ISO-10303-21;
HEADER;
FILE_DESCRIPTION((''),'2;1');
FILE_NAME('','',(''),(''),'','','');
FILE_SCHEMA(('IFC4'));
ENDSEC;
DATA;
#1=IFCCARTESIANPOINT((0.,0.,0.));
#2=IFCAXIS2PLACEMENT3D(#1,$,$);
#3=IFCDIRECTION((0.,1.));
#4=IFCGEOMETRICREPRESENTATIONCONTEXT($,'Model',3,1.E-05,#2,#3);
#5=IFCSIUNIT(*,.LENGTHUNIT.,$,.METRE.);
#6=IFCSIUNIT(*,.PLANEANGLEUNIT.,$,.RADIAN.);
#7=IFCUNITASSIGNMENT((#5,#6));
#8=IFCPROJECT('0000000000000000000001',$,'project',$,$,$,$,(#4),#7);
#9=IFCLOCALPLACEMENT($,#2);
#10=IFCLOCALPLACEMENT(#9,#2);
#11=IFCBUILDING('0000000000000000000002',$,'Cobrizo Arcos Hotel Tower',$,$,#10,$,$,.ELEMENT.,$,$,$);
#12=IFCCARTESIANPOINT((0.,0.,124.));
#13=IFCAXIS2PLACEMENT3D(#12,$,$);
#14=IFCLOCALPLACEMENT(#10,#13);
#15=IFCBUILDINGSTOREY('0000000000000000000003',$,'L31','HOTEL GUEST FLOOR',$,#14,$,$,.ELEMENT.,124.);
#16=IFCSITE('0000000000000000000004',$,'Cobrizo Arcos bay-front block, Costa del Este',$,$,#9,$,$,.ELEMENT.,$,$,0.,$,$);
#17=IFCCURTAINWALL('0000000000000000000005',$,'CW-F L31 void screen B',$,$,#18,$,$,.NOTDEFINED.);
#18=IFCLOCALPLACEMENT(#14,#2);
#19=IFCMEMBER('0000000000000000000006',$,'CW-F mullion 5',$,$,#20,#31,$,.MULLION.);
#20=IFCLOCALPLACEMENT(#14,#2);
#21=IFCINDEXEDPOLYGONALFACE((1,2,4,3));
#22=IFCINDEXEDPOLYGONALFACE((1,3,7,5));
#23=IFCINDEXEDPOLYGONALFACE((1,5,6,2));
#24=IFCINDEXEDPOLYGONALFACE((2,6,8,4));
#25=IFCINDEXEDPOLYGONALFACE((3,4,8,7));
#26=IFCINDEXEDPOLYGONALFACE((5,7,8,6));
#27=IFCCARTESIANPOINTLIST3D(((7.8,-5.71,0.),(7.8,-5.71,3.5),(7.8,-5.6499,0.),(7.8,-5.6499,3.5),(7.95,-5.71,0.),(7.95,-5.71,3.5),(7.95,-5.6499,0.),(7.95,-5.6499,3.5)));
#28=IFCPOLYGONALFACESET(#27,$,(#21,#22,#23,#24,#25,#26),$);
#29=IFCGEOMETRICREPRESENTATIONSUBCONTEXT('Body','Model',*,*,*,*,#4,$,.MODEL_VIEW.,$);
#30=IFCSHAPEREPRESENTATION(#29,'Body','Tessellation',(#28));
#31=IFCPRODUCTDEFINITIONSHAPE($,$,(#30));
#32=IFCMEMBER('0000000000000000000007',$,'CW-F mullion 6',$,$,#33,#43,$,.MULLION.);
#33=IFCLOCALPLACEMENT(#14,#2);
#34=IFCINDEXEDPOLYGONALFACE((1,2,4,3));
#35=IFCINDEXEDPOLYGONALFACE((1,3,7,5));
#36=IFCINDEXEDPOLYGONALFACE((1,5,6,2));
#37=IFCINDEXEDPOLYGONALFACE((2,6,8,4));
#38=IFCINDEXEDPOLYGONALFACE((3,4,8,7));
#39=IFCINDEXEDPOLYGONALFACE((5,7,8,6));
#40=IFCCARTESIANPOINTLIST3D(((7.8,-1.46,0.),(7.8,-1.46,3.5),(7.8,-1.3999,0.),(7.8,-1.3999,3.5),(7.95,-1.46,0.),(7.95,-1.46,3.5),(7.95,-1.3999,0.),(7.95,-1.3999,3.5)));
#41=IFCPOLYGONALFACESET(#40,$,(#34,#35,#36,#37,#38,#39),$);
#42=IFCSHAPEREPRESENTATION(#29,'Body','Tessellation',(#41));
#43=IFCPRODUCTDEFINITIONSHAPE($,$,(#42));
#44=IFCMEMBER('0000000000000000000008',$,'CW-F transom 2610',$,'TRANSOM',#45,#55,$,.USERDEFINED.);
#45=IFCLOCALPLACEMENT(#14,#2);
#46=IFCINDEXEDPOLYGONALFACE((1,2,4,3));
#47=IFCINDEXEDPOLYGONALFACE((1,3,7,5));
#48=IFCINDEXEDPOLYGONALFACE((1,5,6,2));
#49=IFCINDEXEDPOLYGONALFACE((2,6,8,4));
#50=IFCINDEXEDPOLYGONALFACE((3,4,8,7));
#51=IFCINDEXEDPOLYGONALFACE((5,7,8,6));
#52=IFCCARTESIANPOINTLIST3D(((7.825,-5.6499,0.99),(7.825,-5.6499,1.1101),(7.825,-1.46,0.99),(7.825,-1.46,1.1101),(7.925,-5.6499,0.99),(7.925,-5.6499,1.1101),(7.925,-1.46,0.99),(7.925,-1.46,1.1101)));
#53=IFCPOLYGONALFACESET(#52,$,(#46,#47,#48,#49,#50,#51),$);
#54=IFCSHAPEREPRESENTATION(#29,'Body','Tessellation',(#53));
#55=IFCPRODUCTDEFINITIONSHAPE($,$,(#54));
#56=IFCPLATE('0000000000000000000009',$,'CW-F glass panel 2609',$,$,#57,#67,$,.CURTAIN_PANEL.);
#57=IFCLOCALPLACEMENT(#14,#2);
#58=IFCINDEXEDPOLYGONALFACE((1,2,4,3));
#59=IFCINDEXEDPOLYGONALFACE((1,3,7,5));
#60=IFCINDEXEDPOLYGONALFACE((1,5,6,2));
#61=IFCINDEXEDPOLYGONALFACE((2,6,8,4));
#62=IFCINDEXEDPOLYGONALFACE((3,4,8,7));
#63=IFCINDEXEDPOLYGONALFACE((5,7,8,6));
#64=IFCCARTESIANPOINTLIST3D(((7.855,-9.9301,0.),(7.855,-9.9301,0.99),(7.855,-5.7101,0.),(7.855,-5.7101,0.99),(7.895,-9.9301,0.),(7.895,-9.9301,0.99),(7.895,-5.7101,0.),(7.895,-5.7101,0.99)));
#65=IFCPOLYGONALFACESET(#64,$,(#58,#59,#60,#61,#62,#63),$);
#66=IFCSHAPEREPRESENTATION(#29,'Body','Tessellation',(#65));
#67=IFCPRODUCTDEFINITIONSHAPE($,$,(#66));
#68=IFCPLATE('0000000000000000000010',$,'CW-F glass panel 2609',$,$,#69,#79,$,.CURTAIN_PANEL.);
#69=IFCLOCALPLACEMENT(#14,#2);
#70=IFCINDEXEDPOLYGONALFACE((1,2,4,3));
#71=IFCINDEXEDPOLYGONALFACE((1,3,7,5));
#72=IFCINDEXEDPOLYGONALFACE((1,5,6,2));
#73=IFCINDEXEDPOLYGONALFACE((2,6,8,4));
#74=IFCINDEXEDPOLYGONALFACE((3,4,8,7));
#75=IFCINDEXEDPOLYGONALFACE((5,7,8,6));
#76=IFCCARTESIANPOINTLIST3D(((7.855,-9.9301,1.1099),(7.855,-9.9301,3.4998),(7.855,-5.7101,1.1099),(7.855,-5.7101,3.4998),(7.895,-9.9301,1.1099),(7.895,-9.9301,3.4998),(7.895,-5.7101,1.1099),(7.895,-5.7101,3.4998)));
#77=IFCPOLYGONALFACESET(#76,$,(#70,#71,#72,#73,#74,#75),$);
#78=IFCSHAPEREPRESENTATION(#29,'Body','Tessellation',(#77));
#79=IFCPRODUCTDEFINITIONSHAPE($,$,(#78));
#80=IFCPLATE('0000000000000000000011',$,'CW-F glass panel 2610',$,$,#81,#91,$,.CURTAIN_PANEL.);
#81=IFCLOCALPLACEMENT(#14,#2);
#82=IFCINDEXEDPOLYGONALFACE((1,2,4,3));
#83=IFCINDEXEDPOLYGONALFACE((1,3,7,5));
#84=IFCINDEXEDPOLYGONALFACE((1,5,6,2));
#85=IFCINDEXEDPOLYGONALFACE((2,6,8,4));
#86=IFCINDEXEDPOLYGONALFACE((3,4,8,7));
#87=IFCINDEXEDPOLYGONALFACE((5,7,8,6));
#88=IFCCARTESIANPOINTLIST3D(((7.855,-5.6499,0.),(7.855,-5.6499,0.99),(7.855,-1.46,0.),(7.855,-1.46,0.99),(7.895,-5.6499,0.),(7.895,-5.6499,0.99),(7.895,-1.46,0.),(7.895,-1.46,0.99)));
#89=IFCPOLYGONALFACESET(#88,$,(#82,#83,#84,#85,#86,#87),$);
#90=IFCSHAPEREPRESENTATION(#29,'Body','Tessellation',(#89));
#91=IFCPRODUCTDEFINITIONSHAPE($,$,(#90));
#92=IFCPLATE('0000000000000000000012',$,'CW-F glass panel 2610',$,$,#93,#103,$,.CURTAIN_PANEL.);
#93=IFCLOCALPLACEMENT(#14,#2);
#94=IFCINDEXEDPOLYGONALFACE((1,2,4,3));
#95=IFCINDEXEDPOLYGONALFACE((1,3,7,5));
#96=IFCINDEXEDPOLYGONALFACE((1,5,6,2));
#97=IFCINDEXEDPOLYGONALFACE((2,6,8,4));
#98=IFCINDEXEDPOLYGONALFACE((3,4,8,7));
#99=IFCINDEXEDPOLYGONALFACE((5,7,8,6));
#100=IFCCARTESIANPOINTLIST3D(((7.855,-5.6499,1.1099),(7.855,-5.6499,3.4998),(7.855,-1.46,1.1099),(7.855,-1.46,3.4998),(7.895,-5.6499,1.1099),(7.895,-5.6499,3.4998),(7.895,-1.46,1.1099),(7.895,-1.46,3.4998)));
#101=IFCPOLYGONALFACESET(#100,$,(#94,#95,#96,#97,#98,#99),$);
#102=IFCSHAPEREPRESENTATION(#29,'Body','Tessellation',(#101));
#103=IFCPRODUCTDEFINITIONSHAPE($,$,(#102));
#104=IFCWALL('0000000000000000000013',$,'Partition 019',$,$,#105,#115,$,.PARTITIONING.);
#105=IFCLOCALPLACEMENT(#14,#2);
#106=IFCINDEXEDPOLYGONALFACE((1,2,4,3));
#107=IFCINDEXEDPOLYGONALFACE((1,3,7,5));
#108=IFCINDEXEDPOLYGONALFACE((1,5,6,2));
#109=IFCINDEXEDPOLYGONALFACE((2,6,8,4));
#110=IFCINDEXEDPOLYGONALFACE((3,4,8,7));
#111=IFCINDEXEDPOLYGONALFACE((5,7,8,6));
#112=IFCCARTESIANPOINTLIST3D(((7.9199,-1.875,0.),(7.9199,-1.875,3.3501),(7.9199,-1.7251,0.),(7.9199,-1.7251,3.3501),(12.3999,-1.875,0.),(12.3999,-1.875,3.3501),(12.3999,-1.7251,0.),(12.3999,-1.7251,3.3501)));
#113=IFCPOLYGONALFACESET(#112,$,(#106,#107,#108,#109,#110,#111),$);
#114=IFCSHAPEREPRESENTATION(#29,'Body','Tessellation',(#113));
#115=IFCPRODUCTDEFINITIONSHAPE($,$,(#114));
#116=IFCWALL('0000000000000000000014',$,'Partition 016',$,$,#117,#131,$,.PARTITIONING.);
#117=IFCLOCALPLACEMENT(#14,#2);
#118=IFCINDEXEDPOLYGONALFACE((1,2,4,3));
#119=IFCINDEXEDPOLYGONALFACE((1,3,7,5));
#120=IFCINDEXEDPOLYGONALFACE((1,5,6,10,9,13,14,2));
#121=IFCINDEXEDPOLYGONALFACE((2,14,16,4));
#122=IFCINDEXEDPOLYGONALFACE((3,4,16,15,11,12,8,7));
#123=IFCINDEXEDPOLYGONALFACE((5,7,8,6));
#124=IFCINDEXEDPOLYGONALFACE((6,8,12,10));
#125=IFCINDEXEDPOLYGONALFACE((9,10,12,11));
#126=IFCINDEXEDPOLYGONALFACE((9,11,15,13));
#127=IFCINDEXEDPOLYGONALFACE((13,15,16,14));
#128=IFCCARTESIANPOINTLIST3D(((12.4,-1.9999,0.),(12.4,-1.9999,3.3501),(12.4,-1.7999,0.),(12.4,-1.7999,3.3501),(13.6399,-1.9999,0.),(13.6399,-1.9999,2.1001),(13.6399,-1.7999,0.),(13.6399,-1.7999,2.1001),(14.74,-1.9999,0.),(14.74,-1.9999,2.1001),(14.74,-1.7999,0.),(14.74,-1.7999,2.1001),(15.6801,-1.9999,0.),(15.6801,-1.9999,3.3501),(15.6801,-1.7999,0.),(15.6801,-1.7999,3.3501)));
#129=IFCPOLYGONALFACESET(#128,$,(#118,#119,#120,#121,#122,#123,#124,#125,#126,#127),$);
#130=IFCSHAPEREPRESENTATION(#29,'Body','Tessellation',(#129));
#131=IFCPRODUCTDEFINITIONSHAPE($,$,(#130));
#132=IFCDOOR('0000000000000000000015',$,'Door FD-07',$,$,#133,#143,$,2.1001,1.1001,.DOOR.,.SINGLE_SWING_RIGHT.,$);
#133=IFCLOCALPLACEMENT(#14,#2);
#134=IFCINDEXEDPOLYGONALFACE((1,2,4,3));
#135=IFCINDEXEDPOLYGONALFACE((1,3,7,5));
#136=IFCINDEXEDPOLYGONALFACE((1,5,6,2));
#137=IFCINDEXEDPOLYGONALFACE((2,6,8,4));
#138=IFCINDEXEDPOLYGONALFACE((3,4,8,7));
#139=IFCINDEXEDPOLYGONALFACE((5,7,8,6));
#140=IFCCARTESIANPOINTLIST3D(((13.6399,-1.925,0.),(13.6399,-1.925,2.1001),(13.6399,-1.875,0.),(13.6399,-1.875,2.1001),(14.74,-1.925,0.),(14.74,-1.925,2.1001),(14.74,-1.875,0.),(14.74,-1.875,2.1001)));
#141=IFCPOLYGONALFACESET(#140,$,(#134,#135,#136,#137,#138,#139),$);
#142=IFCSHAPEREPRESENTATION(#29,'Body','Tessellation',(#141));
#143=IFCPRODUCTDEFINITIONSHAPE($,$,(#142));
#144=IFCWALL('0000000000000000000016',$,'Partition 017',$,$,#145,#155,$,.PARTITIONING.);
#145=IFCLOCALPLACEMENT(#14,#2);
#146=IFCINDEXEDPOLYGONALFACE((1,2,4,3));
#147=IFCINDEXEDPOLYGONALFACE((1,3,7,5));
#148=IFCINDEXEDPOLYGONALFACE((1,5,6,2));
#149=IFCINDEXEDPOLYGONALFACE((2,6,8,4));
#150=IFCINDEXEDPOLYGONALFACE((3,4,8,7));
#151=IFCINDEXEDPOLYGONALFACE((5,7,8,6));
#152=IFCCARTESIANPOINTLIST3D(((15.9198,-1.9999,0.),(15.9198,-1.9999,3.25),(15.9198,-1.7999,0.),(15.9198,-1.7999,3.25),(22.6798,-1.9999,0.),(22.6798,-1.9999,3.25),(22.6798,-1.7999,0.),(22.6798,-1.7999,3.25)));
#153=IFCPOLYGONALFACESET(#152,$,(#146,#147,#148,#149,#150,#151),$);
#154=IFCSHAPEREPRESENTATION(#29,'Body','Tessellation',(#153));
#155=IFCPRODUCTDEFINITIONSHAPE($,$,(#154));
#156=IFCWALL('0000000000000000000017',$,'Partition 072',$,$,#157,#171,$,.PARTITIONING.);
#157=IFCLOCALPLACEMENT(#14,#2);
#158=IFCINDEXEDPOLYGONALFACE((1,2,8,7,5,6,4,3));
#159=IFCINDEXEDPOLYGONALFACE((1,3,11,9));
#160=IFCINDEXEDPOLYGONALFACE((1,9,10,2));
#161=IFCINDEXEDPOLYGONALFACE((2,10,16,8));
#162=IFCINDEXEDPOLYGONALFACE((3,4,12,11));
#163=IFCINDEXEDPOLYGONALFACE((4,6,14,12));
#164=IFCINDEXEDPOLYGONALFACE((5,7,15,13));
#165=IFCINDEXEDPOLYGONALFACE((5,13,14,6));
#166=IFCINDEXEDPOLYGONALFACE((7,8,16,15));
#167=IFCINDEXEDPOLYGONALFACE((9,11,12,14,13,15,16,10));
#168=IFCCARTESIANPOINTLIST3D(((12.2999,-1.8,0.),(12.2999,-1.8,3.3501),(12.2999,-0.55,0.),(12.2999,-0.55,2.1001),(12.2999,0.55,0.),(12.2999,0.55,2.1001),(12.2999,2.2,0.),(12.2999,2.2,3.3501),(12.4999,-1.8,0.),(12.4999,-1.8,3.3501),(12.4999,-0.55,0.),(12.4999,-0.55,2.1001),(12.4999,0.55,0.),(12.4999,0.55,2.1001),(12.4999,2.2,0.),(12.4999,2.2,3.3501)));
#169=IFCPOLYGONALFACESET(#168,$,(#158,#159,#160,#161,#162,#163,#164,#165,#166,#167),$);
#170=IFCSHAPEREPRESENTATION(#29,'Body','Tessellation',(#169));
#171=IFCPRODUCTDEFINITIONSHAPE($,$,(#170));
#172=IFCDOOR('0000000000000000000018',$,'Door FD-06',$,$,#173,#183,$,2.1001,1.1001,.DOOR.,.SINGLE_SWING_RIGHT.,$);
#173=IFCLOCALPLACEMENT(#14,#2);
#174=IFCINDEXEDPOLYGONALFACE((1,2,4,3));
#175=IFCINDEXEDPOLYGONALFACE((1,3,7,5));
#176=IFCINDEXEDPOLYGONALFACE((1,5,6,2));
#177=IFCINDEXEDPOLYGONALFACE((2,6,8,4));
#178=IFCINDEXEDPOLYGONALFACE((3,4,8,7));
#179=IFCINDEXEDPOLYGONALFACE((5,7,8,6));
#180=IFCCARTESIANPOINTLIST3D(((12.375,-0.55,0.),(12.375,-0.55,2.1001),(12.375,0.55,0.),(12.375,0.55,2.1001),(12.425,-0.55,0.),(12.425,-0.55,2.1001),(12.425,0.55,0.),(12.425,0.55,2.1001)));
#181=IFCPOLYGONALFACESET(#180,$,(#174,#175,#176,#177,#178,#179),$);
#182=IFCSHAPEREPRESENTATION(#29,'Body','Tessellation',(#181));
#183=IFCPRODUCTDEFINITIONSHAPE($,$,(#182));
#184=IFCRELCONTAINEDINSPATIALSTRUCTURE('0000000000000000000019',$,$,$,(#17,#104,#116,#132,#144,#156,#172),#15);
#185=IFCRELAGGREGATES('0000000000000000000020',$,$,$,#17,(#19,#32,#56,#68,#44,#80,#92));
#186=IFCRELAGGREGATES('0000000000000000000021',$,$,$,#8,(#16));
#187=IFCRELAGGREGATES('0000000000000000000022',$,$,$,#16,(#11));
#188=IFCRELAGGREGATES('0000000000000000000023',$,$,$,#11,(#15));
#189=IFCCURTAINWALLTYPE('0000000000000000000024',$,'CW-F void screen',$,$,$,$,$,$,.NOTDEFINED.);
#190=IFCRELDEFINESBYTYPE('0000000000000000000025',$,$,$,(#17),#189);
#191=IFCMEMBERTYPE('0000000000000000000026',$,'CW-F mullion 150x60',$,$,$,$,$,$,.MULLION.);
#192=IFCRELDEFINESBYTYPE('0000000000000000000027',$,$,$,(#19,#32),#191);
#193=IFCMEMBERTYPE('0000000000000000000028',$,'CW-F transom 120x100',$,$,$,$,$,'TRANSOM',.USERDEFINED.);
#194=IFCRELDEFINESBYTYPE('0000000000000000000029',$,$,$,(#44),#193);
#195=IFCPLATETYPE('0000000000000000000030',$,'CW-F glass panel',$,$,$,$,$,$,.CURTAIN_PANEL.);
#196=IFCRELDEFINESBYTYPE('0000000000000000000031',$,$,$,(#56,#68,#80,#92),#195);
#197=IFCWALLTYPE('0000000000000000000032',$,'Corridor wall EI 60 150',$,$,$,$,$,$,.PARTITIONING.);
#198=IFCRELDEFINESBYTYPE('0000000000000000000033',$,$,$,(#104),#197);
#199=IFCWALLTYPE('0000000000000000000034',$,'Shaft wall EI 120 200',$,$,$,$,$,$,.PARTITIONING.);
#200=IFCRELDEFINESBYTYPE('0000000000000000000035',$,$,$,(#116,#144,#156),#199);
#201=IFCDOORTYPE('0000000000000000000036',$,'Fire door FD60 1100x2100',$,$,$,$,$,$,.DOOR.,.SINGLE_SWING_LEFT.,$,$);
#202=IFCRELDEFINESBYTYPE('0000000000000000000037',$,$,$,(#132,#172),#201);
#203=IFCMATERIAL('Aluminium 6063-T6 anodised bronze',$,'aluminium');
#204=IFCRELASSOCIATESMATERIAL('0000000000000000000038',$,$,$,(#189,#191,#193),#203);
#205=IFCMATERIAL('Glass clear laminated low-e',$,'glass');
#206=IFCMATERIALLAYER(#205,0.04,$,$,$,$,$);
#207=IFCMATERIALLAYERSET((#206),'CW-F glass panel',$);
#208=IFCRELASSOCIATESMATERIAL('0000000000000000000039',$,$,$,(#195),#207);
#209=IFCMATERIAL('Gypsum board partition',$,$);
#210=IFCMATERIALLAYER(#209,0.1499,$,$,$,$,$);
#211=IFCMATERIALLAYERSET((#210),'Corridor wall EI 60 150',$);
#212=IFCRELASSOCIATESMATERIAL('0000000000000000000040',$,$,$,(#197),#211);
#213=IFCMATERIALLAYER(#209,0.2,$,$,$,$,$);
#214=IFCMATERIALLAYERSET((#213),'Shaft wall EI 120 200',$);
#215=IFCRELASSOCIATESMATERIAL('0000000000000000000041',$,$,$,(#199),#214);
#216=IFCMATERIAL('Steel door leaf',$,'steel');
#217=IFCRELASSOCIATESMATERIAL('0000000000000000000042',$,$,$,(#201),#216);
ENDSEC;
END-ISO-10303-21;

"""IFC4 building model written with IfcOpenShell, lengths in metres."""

from ifc_helpers import new_model, si_unit, direction, frame, frame_2d, origin, origin_2d, place, context, subcontext, project, spatial, rectangle, extrude, material, layer, layer_set, material_profile, profile_set, type_object, element, fill, aggregate, save


model = new_model("IFC4")

# Units and contexts
model_context = context("Model", 3, precision=1e-05, world=origin(), true_north=direction((0.0, 1.0)))
body_context = subcontext(model_context, "Body", "Model", "MODEL_VIEW")
ifc_project = project(units=[si_unit("LENGTHUNIT", "METRE"), si_unit("PLANEANGLEUNIT", "RADIAN")], contexts=[model_context])

# Site, building, storey
site_placement = place(None, origin())
site = spatial("IfcSite", under=ifc_project, at=site_placement, Name="Cobrizo Arcos bay-front block, Costa del Este", CompositionType="ELEMENT", RefElevation=0.0)
building_placement = place(site_placement, origin())
building = spatial("IfcBuilding", under=site, at=building_placement, Name="Cobrizo Arcos Hotel Tower", CompositionType="ELEMENT")
storey_placement = place(building_placement, frame((0.0, 0.0, 124.0)))
storey = spatial("IfcBuildingStorey", under=building, at=storey_placement, Name="L31", Description="HOTEL GUEST FLOOR", CompositionType="ELEMENT", Elevation=124.0)

# Curtain wall, members, plates
ifc_material_1 = material(Name="Aluminium 6063-T6 anodised bronze", Category="aluminium")
curtain_wall_type = type_object("IfcCurtainWallType", Name="CW-F void screen", PredefinedType="NOTDEFINED", material=ifc_material_1)
curtain_wall_placement = place(storey_placement, origin())
curtain_wall = element("IfcCurtainWall", 1, at=curtain_wall_placement, inside=storey, type_object=curtain_wall_type, Name="CW-F L31 void screen B", PredefinedType="NOTDEFINED")
ifc_material_profile_1 = material_profile(ifc_material_1, rectangle(XDim=0.1499, YDim=0.0601, at=origin_2d()), Name="CW-F mullion 150x60")
ifc_profile_set_1 = profile_set([ifc_material_profile_1], Name="Aluminium 6063-T6 anodised bronze")
member_type_1 = type_object("IfcMemberType", Name="CW-F mullion 150x60", PredefinedType="MULLION", material=ifc_profile_set_1)
member_1_placement = place(storey_placement, frame((7.875, -5.6799, 0.0), z_axis=(0.0, 0.0, 1.0), x_axis=(1.0, 0.0, 0.0)))
member_1 = element("IfcMember", 2, at=member_1_placement, type_object=member_type_1, Name="CW-F mullion 5", PredefinedType="MULLION", context=body_context, shape_type="SweptSolid", body=[
    extrude(rectangle(XDim=0.1499, YDim=0.0601, at=origin_2d()), origin(), (0.0, 0.0, 1.0), 3.5),
])
member_2_placement = place(storey_placement, frame((7.875, -1.4299, 0.0), z_axis=(0.0, 0.0, 1.0), x_axis=(1.0, 0.0, 0.0)))
member_2 = element("IfcMember", 3, at=member_2_placement, type_object=member_type_1, Name="CW-F mullion 6", PredefinedType="MULLION", context=body_context, shape_type="SweptSolid", body=[
    extrude(rectangle(XDim=0.1499, YDim=0.0601, at=origin_2d()), origin(), (0.0, 0.0, 1.0), 3.5),
])
ifc_material_profile_2 = material_profile(ifc_material_1, rectangle(XDim=0.1001, YDim=0.1201, at=origin_2d()), Name="CW-F transom 120x100")
ifc_profile_set_2 = profile_set([ifc_material_profile_2], Name="Aluminium 6063-T6 anodised bronze")
member_type_2 = type_object("IfcMemberType", Name="CW-F transom 120x100", ElementType="TRANSOM", PredefinedType="USERDEFINED", material=ifc_profile_set_2)
member_3_placement = place(storey_placement, frame((7.875, -5.6499, 1.05), z_axis=(0.0, 1.0, 0.0), x_axis=(-1.0, 0.0, 0.0)))
member_3 = element("IfcMember", 4, at=member_3_placement, type_object=member_type_2, Name="CW-F transom 2610", ObjectType="TRANSOM", PredefinedType="USERDEFINED", context=body_context, shape_type="SweptSolid", body=[
    extrude(rectangle(XDim=0.1001, YDim=0.1201, at=origin_2d()), origin(), (0.0, 0.0, 1.0), 4.1899),
])
ifc_material_2 = material(Name="Glass clear laminated low-e", Category="glass")
ifc_layer_1 = layer(ifc_material_2, 0.04)
ifc_layer_set_1 = layer_set([ifc_layer_1], Name="CW-F glass panel")
plate_type = type_object("IfcPlateType", Name="CW-F glass panel", PredefinedType="CURTAIN_PANEL", material=ifc_layer_set_1)
plate_1_placement = place(storey_placement, frame((7.875, -7.8201, 0.0), z_axis=(0.0, 0.0, 1.0), x_axis=(0.0, 1.0, 0.0)))
plate_1 = element("IfcPlate", 5, at=plate_1_placement, type_object=plate_type, Name="CW-F glass panel 2609", PredefinedType="CURTAIN_PANEL", context=body_context, shape_type="SweptSolid", body=[
    extrude(rectangle(XDim=4.22, YDim=0.04, at=origin_2d()), origin(), (0.0, 0.0, 1.0), 0.99),
])
plate_2_placement = place(storey_placement, frame((7.875, -7.8201, 1.1099), z_axis=(0.0, 0.0, 1.0), x_axis=(0.0, 1.0, 0.0)))
plate_2 = element("IfcPlate", 6, at=plate_2_placement, type_object=plate_type, Name="CW-F glass panel 2609", PredefinedType="CURTAIN_PANEL", context=body_context, shape_type="SweptSolid", body=[
    extrude(rectangle(XDim=4.22, YDim=0.04, at=origin_2d()), origin(), (0.0, 0.0, 1.0), 2.3899),
])
plate_3_placement = place(storey_placement, frame((7.875, -3.5549, 0.0), z_axis=(0.0, 0.0, 1.0), x_axis=(0.0, 1.0, 0.0)))
plate_3 = element("IfcPlate", 7, at=plate_3_placement, type_object=plate_type, Name="CW-F glass panel 2610", PredefinedType="CURTAIN_PANEL", context=body_context, shape_type="SweptSolid", body=[
    extrude(rectangle(XDim=4.1899, YDim=0.04, at=origin_2d()), origin(), (0.0, 0.0, 1.0), 0.99),
])
plate_4_placement = place(storey_placement, frame((7.875, -3.5549, 1.1099), z_axis=(0.0, 0.0, 1.0), x_axis=(0.0, 1.0, 0.0)))
plate_4 = element("IfcPlate", 8, at=plate_4_placement, type_object=plate_type, Name="CW-F glass panel 2610", PredefinedType="CURTAIN_PANEL", context=body_context, shape_type="SweptSolid", body=[
    extrude(rectangle(XDim=4.1899, YDim=0.04, at=origin_2d()), origin(), (0.0, 0.0, 1.0), 2.3899),
])
aggregate(curtain_wall, [member_1, member_2, plate_1, plate_2, member_3, plate_3, plate_4])

# Wall
ifc_material_3 = material(Name="Gypsum board partition")
ifc_layer_2 = layer(ifc_material_3, 0.1499)
ifc_layer_set_2 = layer_set([ifc_layer_2], Name="Corridor wall EI 60 150")
wall_type_1 = type_object("IfcWallType", Name="Corridor wall EI 60 150", PredefinedType="PARTITIONING", material=ifc_layer_set_2)
wall_1_placement = place(storey_placement, frame((7.9199, -1.8, 0.0), z_axis=(0.0, 0.0, 1.0), x_axis=(1.0, 0.0, 0.0)))
element("IfcWall", 9, at=wall_1_placement, inside=storey, type_object=wall_type_1, Name="Partition 019", PredefinedType="PARTITIONING", context=body_context, shape_type="SweptSolid", body=[
    extrude(rectangle(XDim=4.48, YDim=0.1499, at=frame_2d((2.24, 0.0))), origin(), (0.0, 0.0, 1.0), 3.3501),
])

# Wall, opening, door
ifc_layer_3 = layer(ifc_material_3, 0.2)
ifc_layer_set_3 = layer_set([ifc_layer_3], Name="Shaft wall EI 120 200")
wall_type_2 = type_object("IfcWallType", Name="Shaft wall EI 120 200", PredefinedType="PARTITIONING", material=ifc_layer_set_3)
wall_2_placement = place(storey_placement, frame((12.3999, -1.8999, 0.0), z_axis=(0.0, 0.0, 1.0), x_axis=(1.0, 0.0, 0.0)))
wall_2 = element("IfcWall", 10, at=wall_2_placement, inside=storey, type_object=wall_type_2, Name="Partition 016", PredefinedType="PARTITIONING", context=body_context, shape_type="SweptSolid", body=[
    extrude(rectangle(XDim=3.28, YDim=0.2, at=frame_2d((1.6401, 0.0))), origin(), (0.0, 0.0, 1.0), 3.3501),
])
opening_1_placement = place(wall_2_placement, frame((1.24, 0.0, 0.0)))
opening_1 = element("IfcOpeningElement", 11, at=opening_1_placement, cuts=wall_2, PredefinedType="OPENING", context=body_context, shape_type="SweptSolid", body=[
    extrude(rectangle(XDim=1.1001, YDim=2.1001, at=frame_2d((0.55, 1.05))), frame((0.0, 0.1121, 0.0), z_axis=(0.0, -1.0, 0.0), x_axis=(1.0, 0.0, 0.0)), (0.0, 0.0, 1.0), 0.2239),
])
ifc_material_4 = material(Name="Steel door leaf", Category="steel")
door_type = type_object("IfcDoorType", Name="Fire door FD60 1100x2100", OperationType="SINGLE_SWING_LEFT", PredefinedType="DOOR", material=ifc_material_4)
door_1_placement = place(opening_1_placement, origin())
door_1 = element("IfcDoor", 12, at=door_1_placement, inside=storey, type_object=door_type, Name="Door FD-07", OperationType="SINGLE_SWING_RIGHT", OverallHeight=2.1001, OverallWidth=1.1001, PredefinedType="DOOR", context=body_context, shape_type="SweptSolid", body=[
    extrude(rectangle(XDim=1.1001, YDim=2.1001, at=frame_2d((0.55, 1.05))), frame((0.0, 0.0249, 0.0), z_axis=(0.0, -1.0, 0.0), x_axis=(1.0, 0.0, 0.0)), (0.0, 0.0, 1.0), 0.05),
])
fill(opening_1, door_1)

# Wall
wall_3_placement = place(storey_placement, frame((15.9199, -1.8999, 0.0), z_axis=(0.0, 0.0, 1.0), x_axis=(1.0, 0.0, 0.0)))
element("IfcWall", 13, at=wall_3_placement, inside=storey, type_object=wall_type_2, Name="Partition 017", PredefinedType="PARTITIONING", context=body_context, shape_type="SweptSolid", body=[
    extrude(rectangle(XDim=6.76, YDim=0.2, at=frame_2d((3.3799, 0.0))), origin(), (0.0, 0.0, 1.0), 3.25),
])

# Wall, opening, door
wall_4_placement = place(storey_placement, frame((12.3999, -1.8, 0.0), z_axis=(0.0, 0.0, 1.0), x_axis=(0.0, 1.0, 0.0)))
wall_4 = element("IfcWall", 14, at=wall_4_placement, inside=storey, type_object=wall_type_2, Name="Partition 072", PredefinedType="PARTITIONING", context=body_context, shape_type="SweptSolid", body=[
    extrude(rectangle(XDim=4.0, YDim=0.2, at=frame_2d((2.0, 0.0))), origin(), (0.0, 0.0, 1.0), 3.3501),
])
opening_2_placement = place(wall_4_placement, frame((1.25, 0.0, 0.0)))
opening_2 = element("IfcOpeningElement", 15, at=opening_2_placement, cuts=wall_4, PredefinedType="OPENING", context=body_context, shape_type="SweptSolid", body=[
    extrude(rectangle(XDim=1.1001, YDim=2.1001, at=frame_2d((0.55, 1.05))), frame((0.0, 0.1121, 0.0), z_axis=(0.0, -1.0, 0.0), x_axis=(1.0, 0.0, 0.0)), (0.0, 0.0, 1.0), 0.2239),
])
door_2_placement = place(opening_2_placement, origin())
door_2 = element("IfcDoor", 16, at=door_2_placement, inside=storey, type_object=door_type, Name="Door FD-06", OperationType="SINGLE_SWING_RIGHT", OverallHeight=2.1001, OverallWidth=1.1001, PredefinedType="DOOR", context=body_context, shape_type="SweptSolid", body=[
    extrude(rectangle(XDim=1.1001, YDim=2.1001, at=frame_2d((0.55, 1.05))), frame((0.0, 0.0249, 0.0), z_axis=(0.0, -1.0, 0.0), x_axis=(1.0, 0.0, 0.0)), (0.0, 0.0, 1.0), 0.05),
])
fill(opening_2, door_2)

save(model, "model.ifc")
